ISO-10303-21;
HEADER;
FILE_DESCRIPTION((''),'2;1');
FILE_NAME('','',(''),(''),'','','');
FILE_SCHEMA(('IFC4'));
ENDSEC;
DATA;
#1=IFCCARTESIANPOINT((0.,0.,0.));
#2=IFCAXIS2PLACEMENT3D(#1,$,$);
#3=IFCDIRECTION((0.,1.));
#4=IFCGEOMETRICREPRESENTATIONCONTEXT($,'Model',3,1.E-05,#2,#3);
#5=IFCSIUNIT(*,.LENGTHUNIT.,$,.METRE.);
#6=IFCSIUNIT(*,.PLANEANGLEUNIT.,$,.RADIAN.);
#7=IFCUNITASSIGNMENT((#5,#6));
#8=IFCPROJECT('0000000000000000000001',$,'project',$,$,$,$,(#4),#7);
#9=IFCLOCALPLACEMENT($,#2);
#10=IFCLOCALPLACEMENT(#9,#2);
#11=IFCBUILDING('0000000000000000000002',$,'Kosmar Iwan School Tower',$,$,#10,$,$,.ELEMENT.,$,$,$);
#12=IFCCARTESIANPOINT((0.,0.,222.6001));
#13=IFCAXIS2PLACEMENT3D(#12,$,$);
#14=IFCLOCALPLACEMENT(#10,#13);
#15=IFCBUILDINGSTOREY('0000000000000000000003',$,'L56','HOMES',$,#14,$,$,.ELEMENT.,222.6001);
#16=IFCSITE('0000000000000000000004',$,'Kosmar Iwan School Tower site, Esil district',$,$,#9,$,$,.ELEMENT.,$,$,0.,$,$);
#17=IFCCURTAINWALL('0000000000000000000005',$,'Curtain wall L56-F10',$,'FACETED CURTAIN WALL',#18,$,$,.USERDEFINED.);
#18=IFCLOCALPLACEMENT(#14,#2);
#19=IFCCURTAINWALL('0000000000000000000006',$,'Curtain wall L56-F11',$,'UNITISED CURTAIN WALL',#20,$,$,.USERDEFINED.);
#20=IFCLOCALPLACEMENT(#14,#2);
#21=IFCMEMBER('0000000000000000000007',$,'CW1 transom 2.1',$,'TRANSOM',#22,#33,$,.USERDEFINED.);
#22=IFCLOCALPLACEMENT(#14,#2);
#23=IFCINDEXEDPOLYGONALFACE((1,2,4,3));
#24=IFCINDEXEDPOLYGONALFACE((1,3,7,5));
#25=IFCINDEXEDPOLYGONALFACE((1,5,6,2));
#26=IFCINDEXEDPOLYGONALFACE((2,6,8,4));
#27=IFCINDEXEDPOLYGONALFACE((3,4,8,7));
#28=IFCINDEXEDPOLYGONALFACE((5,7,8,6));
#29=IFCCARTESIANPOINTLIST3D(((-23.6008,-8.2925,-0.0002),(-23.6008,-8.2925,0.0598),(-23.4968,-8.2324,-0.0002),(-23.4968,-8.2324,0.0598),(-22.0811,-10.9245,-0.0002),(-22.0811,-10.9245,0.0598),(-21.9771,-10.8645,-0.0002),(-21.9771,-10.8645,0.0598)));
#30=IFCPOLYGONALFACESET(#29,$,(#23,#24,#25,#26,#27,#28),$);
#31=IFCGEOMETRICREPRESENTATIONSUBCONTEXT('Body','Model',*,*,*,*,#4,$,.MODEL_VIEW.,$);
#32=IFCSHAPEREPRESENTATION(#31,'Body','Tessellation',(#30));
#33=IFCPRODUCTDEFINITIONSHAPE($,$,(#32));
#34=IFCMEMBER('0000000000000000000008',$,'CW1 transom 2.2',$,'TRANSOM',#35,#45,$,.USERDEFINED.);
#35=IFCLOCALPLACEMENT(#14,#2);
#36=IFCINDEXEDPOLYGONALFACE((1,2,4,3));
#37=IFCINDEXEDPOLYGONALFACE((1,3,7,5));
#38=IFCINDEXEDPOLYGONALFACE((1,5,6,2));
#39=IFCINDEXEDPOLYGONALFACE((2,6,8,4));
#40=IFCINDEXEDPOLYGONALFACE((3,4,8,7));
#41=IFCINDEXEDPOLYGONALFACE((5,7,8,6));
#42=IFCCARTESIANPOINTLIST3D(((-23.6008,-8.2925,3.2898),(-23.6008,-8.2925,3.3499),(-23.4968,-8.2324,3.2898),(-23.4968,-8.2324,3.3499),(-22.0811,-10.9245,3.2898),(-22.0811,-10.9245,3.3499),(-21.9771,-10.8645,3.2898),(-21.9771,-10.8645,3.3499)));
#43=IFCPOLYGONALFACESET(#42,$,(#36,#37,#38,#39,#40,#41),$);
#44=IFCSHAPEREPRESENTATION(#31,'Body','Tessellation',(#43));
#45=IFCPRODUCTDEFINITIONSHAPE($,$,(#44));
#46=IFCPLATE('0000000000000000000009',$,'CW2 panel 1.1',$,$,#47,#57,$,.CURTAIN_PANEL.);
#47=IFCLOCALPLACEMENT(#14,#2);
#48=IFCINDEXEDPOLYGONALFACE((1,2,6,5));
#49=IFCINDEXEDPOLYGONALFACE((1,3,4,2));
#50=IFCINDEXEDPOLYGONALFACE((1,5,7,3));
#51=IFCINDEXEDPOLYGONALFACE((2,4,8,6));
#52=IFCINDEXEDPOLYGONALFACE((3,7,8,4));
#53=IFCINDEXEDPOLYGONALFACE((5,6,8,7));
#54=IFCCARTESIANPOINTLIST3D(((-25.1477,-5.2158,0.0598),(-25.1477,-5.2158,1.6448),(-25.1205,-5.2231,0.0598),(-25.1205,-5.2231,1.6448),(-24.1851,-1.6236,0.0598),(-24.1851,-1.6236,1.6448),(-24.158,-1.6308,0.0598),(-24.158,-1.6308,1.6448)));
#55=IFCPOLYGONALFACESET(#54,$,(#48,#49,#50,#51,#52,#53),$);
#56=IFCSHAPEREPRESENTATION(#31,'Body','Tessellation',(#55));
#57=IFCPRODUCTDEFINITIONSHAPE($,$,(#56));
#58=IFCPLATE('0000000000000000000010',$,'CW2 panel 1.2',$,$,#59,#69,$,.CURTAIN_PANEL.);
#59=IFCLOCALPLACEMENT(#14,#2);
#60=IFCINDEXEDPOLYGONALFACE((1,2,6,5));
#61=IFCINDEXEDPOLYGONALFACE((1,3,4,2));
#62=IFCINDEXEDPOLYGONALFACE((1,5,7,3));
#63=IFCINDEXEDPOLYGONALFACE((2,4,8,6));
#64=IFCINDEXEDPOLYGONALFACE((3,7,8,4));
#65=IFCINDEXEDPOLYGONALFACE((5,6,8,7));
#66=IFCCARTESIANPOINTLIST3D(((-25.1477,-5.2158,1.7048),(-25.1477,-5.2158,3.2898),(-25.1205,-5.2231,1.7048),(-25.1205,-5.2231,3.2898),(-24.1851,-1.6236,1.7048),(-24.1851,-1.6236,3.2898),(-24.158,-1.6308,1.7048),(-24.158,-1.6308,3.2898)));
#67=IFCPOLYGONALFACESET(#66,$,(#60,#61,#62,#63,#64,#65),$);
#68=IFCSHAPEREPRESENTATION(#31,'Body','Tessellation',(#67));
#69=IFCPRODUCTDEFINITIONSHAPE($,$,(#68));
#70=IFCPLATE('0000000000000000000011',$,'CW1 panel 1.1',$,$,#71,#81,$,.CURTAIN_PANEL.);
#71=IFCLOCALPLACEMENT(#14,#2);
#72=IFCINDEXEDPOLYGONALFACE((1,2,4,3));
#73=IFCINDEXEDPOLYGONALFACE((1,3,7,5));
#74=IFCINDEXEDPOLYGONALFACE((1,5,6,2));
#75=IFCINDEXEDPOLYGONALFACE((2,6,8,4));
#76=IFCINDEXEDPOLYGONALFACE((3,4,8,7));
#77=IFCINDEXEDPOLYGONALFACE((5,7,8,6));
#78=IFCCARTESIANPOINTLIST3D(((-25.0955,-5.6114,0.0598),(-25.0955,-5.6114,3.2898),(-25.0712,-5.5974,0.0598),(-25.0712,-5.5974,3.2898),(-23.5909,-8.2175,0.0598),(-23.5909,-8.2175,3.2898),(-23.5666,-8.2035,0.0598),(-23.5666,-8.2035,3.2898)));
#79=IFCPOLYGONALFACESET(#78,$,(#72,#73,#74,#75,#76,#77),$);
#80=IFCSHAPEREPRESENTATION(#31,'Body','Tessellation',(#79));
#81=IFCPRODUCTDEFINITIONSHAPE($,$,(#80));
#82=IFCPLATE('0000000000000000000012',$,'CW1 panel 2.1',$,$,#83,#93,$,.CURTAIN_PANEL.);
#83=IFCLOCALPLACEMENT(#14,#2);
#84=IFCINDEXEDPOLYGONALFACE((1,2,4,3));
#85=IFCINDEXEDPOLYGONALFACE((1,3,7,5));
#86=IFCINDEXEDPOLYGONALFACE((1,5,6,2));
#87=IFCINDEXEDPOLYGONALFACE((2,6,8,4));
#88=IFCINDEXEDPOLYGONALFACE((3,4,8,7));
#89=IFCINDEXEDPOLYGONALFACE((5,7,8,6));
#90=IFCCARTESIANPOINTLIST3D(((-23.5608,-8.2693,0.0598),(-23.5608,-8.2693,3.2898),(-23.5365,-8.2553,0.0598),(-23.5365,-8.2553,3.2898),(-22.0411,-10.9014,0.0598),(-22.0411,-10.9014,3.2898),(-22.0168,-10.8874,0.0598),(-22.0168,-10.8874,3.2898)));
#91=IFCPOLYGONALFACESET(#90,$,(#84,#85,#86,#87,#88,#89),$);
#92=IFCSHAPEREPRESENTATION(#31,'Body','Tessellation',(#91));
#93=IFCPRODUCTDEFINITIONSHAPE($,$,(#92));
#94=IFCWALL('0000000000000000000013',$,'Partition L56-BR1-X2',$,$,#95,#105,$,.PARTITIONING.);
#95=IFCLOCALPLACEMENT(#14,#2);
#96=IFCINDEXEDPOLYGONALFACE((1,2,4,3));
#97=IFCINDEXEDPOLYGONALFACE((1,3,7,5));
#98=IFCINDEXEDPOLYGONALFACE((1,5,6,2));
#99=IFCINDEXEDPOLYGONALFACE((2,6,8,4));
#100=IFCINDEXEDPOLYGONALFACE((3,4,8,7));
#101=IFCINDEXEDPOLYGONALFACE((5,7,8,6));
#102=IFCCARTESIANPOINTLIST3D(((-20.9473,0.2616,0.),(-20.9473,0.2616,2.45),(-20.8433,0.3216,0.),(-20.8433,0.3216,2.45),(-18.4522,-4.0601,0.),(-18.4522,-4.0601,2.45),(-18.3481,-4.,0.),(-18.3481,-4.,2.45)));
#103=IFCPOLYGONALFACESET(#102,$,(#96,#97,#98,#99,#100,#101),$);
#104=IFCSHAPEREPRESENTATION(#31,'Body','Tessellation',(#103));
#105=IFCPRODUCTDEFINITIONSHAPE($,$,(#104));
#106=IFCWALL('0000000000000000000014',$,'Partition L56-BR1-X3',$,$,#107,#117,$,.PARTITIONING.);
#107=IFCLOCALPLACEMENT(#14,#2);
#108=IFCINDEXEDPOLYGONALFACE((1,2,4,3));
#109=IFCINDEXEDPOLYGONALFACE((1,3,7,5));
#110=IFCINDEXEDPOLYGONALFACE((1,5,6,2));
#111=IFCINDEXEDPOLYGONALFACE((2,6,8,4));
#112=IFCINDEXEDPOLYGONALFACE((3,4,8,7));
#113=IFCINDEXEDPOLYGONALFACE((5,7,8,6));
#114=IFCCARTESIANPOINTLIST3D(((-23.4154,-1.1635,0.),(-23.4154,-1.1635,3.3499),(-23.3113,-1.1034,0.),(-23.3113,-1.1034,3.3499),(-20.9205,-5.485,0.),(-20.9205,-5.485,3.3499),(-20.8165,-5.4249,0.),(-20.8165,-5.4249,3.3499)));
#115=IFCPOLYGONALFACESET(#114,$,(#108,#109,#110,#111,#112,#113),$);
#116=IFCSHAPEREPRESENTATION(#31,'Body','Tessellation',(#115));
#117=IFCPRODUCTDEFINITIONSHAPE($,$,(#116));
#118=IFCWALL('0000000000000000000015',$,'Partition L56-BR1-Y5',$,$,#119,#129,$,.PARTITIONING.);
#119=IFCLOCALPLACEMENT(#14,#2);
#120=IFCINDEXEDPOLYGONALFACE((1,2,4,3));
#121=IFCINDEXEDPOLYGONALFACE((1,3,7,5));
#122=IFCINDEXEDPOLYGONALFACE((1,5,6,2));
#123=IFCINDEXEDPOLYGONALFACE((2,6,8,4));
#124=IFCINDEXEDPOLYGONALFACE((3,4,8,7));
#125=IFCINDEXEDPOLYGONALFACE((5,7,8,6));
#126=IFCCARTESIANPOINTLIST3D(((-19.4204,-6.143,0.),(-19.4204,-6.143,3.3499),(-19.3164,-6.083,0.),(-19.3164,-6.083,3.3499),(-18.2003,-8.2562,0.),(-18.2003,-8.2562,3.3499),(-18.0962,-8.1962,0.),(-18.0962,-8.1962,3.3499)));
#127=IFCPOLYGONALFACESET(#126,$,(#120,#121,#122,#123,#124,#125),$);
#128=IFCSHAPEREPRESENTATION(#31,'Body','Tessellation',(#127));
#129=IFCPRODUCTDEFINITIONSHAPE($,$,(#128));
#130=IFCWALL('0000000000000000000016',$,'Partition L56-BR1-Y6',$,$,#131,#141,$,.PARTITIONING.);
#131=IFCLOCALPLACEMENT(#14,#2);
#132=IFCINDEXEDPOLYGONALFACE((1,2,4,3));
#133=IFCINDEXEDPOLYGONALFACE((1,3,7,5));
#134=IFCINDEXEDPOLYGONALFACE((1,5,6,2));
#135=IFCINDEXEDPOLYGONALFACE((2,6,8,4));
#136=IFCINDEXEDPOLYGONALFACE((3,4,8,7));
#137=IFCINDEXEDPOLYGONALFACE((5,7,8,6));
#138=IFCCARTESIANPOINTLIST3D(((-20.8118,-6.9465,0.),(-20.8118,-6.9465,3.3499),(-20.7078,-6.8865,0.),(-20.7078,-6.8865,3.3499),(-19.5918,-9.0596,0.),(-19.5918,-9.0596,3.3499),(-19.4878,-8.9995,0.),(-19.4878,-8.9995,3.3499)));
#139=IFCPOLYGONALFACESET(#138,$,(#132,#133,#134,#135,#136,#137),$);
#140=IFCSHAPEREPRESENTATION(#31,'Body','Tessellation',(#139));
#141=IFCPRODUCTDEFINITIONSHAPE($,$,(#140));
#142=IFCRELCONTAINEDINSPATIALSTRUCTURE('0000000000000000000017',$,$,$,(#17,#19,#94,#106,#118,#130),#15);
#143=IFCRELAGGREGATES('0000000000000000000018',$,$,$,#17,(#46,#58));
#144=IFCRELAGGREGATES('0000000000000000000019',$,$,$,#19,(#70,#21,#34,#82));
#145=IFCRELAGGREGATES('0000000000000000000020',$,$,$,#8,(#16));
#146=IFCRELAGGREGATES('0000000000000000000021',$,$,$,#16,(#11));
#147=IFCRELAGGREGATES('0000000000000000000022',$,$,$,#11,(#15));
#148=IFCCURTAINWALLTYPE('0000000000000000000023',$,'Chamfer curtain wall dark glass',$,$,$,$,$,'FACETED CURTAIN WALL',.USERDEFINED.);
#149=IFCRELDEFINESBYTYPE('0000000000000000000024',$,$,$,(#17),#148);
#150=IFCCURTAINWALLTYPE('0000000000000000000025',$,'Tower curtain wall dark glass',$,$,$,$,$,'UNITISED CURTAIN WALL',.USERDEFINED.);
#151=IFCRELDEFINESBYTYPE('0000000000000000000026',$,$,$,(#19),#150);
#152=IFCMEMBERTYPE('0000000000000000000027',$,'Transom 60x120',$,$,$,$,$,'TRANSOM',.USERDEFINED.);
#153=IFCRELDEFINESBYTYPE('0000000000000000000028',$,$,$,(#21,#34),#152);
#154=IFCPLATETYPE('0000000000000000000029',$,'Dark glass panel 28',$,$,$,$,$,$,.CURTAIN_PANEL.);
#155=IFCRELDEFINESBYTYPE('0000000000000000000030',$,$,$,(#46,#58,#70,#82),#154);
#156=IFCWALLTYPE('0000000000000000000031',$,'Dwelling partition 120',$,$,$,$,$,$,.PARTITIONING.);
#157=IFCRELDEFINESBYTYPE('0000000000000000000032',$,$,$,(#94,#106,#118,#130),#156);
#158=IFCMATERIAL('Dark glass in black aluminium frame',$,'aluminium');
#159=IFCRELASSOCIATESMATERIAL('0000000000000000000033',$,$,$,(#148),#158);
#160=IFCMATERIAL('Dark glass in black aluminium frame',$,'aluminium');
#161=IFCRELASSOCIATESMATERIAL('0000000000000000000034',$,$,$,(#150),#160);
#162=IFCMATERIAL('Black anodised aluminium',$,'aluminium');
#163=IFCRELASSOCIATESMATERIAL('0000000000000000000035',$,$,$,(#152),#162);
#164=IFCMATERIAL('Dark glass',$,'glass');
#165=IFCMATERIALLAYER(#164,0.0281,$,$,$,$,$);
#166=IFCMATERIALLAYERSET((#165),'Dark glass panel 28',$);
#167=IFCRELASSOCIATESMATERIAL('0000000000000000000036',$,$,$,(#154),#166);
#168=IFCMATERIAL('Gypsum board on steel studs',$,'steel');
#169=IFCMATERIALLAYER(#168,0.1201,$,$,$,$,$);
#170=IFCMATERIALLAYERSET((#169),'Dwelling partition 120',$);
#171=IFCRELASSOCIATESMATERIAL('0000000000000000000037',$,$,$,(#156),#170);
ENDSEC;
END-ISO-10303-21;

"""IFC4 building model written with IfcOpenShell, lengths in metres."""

from ifc_helpers import new_model, si_unit, direction, frame, frame_2d, origin, origin_2d, place, context, subcontext, project, spatial, rectangle, extrude, material, layer, layer_set, material_profile, profile_set, type_object, element, aggregate, save


model = new_model("IFC4")

# Units and contexts
model_context = context("Model", 3, precision=1e-05, world=origin(), true_north=direction((0.0, 1.0)))
body_context = subcontext(model_context, "Body", "Model", "MODEL_VIEW")
ifc_project = project(units=[si_unit("LENGTHUNIT", "METRE"), si_unit("PLANEANGLEUNIT", "RADIAN")], contexts=[model_context])

# Site, building, storey
site_placement = place(None, origin())
site = spatial("IfcSite", under=ifc_project, at=site_placement, Name="Kosmar Iwan School Tower site, Esil district", CompositionType="ELEMENT", RefElevation=0.0)
building_placement = place(site_placement, origin())
building = spatial("IfcBuilding", under=site, at=building_placement, Name="Kosmar Iwan School Tower", CompositionType="ELEMENT")
storey_placement = place(building_placement, frame((0.0, 0.0, 222.6001)))
storey = spatial("IfcBuildingStorey", under=building, at=storey_placement, Name="L56", Description="HOMES", CompositionType="ELEMENT", Elevation=222.6001)

# Curtain walls
ifc_material_1 = material(Name="Dark glass in black aluminium frame", Category="aluminium")
curtain_wall_type_1 = type_object("IfcCurtainWallType", Name="Chamfer curtain wall dark glass", ElementType="FACETED CURTAIN WALL", PredefinedType="USERDEFINED", material=ifc_material_1)
curtain_wall_1_placement = place(storey_placement, origin())
curtain_wall_1 = element("IfcCurtainWall", 1, at=curtain_wall_1_placement, inside=storey, type_object=curtain_wall_type_1, Name="Curtain wall L56-F10", ObjectType="FACETED CURTAIN WALL", PredefinedType="USERDEFINED")
ifc_material_2 = material(Name="Dark glass in black aluminium frame", Category="aluminium")
curtain_wall_type_2 = type_object("IfcCurtainWallType", Name="Tower curtain wall dark glass", ElementType="UNITISED CURTAIN WALL", PredefinedType="USERDEFINED", material=ifc_material_2)
curtain_wall_2_placement = place(storey_placement, origin())
curtain_wall_2 = element("IfcCurtainWall", 2, at=curtain_wall_2_placement, inside=storey, type_object=curtain_wall_type_2, Name="Curtain wall L56-F11", ObjectType="UNITISED CURTAIN WALL", PredefinedType="USERDEFINED")

# Members
ifc_material_3 = material(Name="Black anodised aluminium", Category="aluminium")
ifc_material_profile_1 = material_profile(ifc_material_3, rectangle(XDim=0.1201, YDim=0.0601, at=origin_2d()), Name="TRANSOM 60x120")
ifc_profile_set_1 = profile_set([ifc_material_profile_1], Name="Black anodised aluminium")
member_type_1 = type_object("IfcMemberType", Name="Transom 60x120", ElementType="TRANSOM", PredefinedType="USERDEFINED", material=ifc_profile_set_1)
member_1_placement = place(storey_placement, frame((-23.5488, -8.2625, 0.0298), z_axis=(0.500035, -0.866005, 0.0), x_axis=(0.866005, 0.500035, 0.0)))
member_1 = element("IfcMember", 3, at=member_1_placement, type_object=member_type_1, Name="CW1 transom 2.1", ObjectType="TRANSOM", PredefinedType="USERDEFINED", context=body_context, shape_type="SweptSolid", body=[
    extrude(rectangle(XDim=0.1201, YDim=0.0601, at=origin_2d()), origin(), (0.0, 0.0, 1.0), 3.0393),
])
member_2_placement = place(storey_placement, frame((-23.5488, -8.2625, 3.3198), z_axis=(0.500035, -0.866005, 0.0), x_axis=(0.866005, 0.500035, 0.0)))
member_2 = element("IfcMember", 4, at=member_2_placement, type_object=member_type_1, Name="CW1 transom 2.2", ObjectType="TRANSOM", PredefinedType="USERDEFINED", context=body_context, shape_type="SweptSolid", body=[
    extrude(rectangle(XDim=0.1201, YDim=0.0601, at=origin_2d()), origin(), (0.0, 0.0, 1.0), 3.0393),
])

# Plates
ifc_material_4 = material(Name="Dark glass", Category="glass")
ifc_layer_1 = layer(ifc_material_4, 0.0281)
ifc_layer_set_1 = layer_set([ifc_layer_1], Name="Dark glass panel 28")
plate_type = type_object("IfcPlateType", Name="Dark glass panel 28", PredefinedType="CURTAIN_PANEL", material=ifc_layer_set_1)
plate_1_placement = place(storey_placement, frame((-24.6528, -3.4233, 0.0598), z_axis=(0.0, 0.0, 1.0), x_axis=(-0.258819, -0.965926, 0.0)))
plate_1 = element("IfcPlate", 5, at=plate_1_placement, type_object=plate_type, Name="CW2 panel 1.1", PredefinedType="CURTAIN_PANEL", context=body_context, shape_type="SweptSolid", body=[
    extrude(rectangle(XDim=3.719, YDim=0.0281, at=origin_2d()), origin(), (0.0, 0.0, 1.0), 1.585),
])
plate_2_placement = place(storey_placement, frame((-24.6528, -3.4233, 1.7048), z_axis=(0.0, 0.0, 1.0), x_axis=(-0.258819, -0.965926, 0.0)))
plate_2 = element("IfcPlate", 6, at=plate_2_placement, type_object=plate_type, Name="CW2 panel 1.2", PredefinedType="CURTAIN_PANEL", context=body_context, shape_type="SweptSolid", body=[
    extrude(rectangle(XDim=3.719, YDim=0.0281, at=origin_2d()), origin(), (0.0, 0.0, 1.0), 1.585),
])
aggregate(curtain_wall_1, [plate_1, plate_2])
plate_3_placement = place(storey_placement, frame((-24.3311, -6.9075, 0.0598), z_axis=(0.0, 0.0, 1.0), x_axis=(0.5, -0.866025, 0.0)))
plate_3 = element("IfcPlate", 7, at=plate_3_placement, type_object=plate_type, Name="CW1 panel 1.1", PredefinedType="CURTAIN_PANEL", context=body_context, shape_type="SweptSolid", body=[
    extrude(rectangle(XDim=3.0093, YDim=0.0281, at=origin_2d()), origin(), (0.0, 0.0, 1.0), 3.23),
])
plate_4_placement = place(storey_placement, frame((-22.7888, -9.5784, 0.0598), z_axis=(0.0, 0.0, 1.0), x_axis=(0.5, -0.866025, 0.0)))
plate_4 = element("IfcPlate", 8, at=plate_4_placement, type_object=plate_type, Name="CW1 panel 2.1", PredefinedType="CURTAIN_PANEL", context=body_context, shape_type="SweptSolid", body=[
    extrude(rectangle(XDim=3.0393, YDim=0.0281, at=origin_2d()), origin(), (0.0, 0.0, 1.0), 3.23),
])
aggregate(curtain_wall_2, [plate_3, member_1, member_2, plate_4])

# Walls
ifc_material_5 = material(Name="Gypsum board on steel studs", Category="steel")
ifc_layer_2 = layer(ifc_material_5, 0.1201)
ifc_layer_set_2 = layer_set([ifc_layer_2], Name="Dwelling partition 120")
wall_type = type_object("IfcWallType", Name="Dwelling partition 120", PredefinedType="PARTITIONING", material=ifc_layer_set_2)
wall_1_placement = place(storey_placement, frame((-18.4001, -4.03, 0.0), z_axis=(0.0, 0.0, 1.0), x_axis=(-0.500012, 0.866019, 0.0)))
element("IfcWall", 9, at=wall_1_placement, inside=storey, type_object=wall_type, Name="Partition L56-BR1-X2", PredefinedType="PARTITIONING", context=body_context, shape_type="SweptSolid", body=[
    extrude(rectangle(XDim=4.9902, YDim=0.1201, at=frame_2d((2.4951, 0.0))), origin(), (0.0, 0.0, 1.0), 2.45),
])
wall_2_placement = place(storey_placement, frame((-20.8684, -5.4551, 0.0), z_axis=(0.0, 0.0, 1.0), x_axis=(-0.499975, 0.86604, 0.0)))
element("IfcWall", 10, at=wall_2_placement, inside=storey, type_object=wall_type, Name="Partition L56-BR1-X3", PredefinedType="PARTITIONING", context=body_context, shape_type="SweptSolid", body=[
    extrude(rectangle(XDim=4.99, YDim=0.1201, at=frame_2d((2.4951, 0.0))), origin(), (0.0, 0.0, 1.0), 3.3499),
])
wall_3_placement = place(storey_placement, frame((-18.1482, -8.2263, 0.0), z_axis=(0.0, 0.0, 1.0), x_axis=(-0.500034, 0.866006, 0.0)))
element("IfcWall", 11, at=wall_3_placement, inside=storey, type_object=wall_type, Name="Partition L56-BR1-Y5", PredefinedType="PARTITIONING", context=body_context, shape_type="SweptSolid", body=[
    extrude(rectangle(XDim=2.4402, YDim=0.1201, at=frame_2d((1.2202, 0.0))), origin(), (0.0, 0.0, 1.0), 3.3499),
])
wall_4_placement = place(storey_placement, frame((-19.5398, -9.0295, 0.0), z_axis=(0.0, 0.0, 1.0), x_axis=(-0.500003, 0.866024, 0.0)))
element("IfcWall", 12, at=wall_4_placement, inside=storey, type_object=wall_type, Name="Partition L56-BR1-Y6", PredefinedType="PARTITIONING", context=body_context, shape_type="SweptSolid", body=[
    extrude(rectangle(XDim=2.4399, YDim=0.1201, at=frame_2d((1.22, 0.0))), origin(), (0.0, 0.0, 1.0), 3.3499),
])

save(model, "model.ifc")
